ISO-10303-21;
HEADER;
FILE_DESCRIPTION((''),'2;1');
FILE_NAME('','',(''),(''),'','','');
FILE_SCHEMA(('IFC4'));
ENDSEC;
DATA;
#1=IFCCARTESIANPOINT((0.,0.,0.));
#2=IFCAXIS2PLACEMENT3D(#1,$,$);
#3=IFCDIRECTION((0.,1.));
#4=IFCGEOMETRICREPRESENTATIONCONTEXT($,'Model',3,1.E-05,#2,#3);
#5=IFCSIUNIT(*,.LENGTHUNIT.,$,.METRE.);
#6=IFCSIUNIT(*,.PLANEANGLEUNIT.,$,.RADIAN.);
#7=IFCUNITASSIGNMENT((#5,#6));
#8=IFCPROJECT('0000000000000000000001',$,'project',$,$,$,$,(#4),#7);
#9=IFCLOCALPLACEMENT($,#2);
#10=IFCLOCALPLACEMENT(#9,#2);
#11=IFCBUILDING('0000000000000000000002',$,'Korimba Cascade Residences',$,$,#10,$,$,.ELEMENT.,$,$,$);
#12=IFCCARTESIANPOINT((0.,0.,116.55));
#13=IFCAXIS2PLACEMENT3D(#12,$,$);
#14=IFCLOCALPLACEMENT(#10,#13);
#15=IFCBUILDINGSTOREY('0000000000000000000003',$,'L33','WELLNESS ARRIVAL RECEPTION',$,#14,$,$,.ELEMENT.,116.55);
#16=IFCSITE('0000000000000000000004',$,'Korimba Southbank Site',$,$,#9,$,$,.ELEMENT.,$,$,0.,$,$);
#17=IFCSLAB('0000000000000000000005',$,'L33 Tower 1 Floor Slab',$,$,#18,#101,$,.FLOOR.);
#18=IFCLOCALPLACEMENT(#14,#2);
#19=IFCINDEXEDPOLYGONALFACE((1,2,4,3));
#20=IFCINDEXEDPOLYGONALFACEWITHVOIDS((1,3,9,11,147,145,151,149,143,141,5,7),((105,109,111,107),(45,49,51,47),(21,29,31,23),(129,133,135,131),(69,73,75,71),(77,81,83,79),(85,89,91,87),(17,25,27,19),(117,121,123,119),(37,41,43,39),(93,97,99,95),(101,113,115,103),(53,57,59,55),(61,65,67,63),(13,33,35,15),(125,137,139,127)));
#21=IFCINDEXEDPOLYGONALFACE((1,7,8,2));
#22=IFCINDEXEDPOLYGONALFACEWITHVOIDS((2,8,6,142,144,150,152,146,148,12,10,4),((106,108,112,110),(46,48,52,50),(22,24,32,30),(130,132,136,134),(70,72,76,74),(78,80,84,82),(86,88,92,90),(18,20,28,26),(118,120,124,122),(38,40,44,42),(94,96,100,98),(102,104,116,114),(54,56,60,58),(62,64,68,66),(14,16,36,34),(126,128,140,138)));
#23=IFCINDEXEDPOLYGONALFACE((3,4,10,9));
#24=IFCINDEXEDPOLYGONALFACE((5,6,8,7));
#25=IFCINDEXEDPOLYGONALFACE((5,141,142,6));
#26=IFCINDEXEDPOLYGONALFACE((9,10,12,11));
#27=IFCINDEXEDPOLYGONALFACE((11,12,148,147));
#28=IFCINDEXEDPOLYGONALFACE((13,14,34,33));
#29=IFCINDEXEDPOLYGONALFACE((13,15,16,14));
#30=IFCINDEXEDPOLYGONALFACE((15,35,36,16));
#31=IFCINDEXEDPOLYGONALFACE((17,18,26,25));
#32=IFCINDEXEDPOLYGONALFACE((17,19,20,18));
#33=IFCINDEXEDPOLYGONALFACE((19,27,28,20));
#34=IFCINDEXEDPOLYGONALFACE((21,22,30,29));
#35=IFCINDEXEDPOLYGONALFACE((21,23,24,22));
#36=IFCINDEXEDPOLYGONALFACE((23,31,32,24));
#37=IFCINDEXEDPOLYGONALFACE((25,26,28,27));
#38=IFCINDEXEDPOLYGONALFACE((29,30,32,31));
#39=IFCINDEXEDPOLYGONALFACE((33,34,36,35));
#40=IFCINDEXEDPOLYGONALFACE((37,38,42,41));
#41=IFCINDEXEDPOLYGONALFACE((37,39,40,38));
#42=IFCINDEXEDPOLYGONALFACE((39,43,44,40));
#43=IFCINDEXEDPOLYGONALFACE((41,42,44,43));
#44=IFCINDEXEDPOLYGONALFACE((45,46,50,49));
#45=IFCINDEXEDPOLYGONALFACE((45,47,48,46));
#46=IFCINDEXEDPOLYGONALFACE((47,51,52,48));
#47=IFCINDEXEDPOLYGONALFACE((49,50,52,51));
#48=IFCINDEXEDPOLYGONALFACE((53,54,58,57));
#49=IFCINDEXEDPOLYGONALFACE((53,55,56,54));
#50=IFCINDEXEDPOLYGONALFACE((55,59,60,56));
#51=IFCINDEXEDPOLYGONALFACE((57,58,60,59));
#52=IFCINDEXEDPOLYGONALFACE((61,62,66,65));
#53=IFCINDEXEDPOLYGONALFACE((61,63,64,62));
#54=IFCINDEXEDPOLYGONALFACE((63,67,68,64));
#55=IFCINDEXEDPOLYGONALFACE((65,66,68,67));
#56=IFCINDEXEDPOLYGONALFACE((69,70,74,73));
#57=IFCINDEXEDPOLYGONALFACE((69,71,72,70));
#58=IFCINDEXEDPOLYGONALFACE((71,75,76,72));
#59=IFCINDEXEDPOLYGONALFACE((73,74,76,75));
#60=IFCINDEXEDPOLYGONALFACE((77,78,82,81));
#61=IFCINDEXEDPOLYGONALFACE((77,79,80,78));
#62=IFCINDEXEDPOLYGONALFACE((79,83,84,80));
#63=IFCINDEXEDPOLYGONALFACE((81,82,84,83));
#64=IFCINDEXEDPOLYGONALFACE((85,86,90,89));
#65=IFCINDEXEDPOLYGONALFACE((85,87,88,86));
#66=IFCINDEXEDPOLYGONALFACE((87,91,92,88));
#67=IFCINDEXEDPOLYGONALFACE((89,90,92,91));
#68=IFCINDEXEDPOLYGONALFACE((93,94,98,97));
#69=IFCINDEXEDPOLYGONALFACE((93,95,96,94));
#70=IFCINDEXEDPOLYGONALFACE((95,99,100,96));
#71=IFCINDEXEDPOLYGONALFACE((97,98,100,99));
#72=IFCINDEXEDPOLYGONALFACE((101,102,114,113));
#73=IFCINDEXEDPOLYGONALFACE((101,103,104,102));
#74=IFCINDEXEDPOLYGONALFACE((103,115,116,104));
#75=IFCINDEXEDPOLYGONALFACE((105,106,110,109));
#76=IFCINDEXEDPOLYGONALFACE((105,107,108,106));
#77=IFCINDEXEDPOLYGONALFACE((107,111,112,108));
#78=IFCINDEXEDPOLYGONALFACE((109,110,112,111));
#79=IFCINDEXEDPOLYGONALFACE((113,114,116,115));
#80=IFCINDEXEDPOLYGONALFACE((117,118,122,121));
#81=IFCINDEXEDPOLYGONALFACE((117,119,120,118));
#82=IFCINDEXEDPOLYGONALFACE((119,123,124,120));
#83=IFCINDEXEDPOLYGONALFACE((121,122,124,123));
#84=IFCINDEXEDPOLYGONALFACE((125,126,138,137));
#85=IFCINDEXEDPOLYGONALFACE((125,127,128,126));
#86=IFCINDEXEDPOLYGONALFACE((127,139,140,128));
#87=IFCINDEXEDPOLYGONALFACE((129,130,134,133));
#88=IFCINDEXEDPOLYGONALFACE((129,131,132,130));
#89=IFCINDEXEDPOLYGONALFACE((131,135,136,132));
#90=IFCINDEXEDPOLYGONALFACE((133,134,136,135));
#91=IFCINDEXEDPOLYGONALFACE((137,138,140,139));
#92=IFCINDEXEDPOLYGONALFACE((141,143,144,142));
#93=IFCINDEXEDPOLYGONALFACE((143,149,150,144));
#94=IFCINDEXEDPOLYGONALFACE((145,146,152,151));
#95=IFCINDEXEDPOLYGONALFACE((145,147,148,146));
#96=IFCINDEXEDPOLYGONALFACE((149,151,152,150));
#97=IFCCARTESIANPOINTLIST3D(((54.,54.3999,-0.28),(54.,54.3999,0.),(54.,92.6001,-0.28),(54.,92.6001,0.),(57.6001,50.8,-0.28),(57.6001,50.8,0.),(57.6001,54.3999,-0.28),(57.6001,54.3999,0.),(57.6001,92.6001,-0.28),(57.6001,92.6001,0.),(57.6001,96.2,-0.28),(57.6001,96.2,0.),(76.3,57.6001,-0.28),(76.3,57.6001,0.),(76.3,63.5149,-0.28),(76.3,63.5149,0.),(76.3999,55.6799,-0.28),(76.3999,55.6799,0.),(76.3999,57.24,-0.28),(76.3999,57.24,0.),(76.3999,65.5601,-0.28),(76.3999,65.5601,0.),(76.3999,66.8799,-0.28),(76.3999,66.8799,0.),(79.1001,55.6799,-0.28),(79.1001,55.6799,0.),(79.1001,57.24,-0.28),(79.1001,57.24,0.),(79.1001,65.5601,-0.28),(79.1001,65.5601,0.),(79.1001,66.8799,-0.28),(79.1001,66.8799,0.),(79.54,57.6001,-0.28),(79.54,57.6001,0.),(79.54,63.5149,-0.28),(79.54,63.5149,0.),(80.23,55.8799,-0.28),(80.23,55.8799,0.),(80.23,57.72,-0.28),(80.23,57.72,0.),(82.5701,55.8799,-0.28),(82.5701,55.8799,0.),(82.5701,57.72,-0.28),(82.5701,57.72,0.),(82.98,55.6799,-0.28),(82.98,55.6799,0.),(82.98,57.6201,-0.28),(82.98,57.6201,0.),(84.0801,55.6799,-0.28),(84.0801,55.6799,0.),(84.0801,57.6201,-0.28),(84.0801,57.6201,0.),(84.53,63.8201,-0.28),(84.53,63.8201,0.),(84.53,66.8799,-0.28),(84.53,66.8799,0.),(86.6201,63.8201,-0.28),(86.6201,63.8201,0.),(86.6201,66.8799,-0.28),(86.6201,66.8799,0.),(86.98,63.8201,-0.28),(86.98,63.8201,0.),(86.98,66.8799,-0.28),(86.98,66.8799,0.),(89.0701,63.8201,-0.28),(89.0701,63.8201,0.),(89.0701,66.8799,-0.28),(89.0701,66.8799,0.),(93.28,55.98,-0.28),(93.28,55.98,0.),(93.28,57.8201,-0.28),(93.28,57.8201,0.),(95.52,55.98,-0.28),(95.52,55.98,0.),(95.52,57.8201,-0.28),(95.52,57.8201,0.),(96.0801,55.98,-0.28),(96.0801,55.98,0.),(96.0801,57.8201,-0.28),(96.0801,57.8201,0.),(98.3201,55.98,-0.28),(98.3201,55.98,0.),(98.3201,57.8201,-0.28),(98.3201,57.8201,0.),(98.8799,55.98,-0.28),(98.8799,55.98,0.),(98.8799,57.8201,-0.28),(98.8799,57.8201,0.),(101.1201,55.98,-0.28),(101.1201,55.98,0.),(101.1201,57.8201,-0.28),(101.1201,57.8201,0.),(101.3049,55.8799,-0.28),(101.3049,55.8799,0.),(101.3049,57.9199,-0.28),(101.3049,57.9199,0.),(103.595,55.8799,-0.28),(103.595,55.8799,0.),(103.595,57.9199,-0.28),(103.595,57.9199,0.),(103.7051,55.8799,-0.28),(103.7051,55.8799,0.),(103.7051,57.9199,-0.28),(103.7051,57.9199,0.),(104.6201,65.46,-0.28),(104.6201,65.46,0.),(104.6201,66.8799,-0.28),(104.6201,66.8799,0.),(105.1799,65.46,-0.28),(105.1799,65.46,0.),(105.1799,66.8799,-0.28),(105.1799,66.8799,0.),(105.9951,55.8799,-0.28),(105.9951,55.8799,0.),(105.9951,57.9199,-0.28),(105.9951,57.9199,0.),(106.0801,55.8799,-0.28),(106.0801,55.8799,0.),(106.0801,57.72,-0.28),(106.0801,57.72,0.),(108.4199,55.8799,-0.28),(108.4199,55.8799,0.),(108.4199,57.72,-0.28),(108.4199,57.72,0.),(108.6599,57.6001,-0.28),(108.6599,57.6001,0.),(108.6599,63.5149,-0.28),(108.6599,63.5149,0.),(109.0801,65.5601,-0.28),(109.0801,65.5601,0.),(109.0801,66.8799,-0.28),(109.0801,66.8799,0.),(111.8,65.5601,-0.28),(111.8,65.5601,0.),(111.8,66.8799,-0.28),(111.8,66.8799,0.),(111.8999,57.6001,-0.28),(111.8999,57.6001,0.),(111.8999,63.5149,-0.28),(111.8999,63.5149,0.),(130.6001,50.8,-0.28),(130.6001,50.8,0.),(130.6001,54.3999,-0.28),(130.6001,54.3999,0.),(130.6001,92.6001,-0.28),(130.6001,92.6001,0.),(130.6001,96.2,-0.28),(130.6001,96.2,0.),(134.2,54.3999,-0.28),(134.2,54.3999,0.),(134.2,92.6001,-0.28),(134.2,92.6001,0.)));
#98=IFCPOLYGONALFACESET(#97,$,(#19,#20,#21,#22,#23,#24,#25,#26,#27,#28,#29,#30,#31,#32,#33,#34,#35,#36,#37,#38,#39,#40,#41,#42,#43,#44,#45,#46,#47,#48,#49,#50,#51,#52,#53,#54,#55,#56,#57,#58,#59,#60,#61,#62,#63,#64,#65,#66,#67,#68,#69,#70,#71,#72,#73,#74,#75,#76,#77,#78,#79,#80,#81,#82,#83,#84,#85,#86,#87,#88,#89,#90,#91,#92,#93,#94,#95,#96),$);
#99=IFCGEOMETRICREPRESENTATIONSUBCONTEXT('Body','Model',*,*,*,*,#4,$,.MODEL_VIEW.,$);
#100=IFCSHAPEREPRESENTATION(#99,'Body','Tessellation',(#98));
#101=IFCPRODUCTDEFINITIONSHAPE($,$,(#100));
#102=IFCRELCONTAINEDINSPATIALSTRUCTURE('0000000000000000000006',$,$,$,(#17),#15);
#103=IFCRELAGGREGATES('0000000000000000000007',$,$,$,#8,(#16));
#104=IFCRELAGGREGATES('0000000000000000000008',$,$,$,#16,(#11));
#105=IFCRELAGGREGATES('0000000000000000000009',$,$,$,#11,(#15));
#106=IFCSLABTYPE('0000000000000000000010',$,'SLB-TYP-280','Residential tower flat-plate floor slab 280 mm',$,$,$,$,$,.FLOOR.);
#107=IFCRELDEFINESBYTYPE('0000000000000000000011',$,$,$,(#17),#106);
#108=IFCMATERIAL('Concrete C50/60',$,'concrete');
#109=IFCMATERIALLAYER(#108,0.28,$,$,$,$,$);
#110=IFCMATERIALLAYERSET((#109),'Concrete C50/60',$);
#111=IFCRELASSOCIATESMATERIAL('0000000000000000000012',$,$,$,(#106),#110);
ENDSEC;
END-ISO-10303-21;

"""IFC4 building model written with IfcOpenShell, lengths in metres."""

from ifc_helpers import new_model, si_unit, direction, frame, origin, place, context, subcontext, project, spatial, polyline, outline, extrude, material, layer, layer_set, type_object, element, save


model = new_model("IFC4")

# Units and contexts
model_context = context("Model", 3, precision=1e-05, world=origin(), true_north=direction((0.0, 1.0)))
body_context = subcontext(model_context, "Body", "Model", "MODEL_VIEW")
ifc_project = project(units=[si_unit("LENGTHUNIT", "METRE"), si_unit("PLANEANGLEUNIT", "RADIAN")], contexts=[model_context])

# Site, building, storey
site_placement = place(None, origin())
site = spatial("IfcSite", under=ifc_project, at=site_placement, Name="Korimba Southbank Site", CompositionType="ELEMENT", RefElevation=0.0)
building_placement = place(site_placement, origin())
building = spatial("IfcBuilding", under=site, at=building_placement, Name="Korimba Cascade Residences", CompositionType="ELEMENT")
storey_placement = place(building_placement, frame((0.0, 0.0, 116.55)))
storey = spatial("IfcBuildingStorey", under=building, at=storey_placement, Name="L33", Description="WELLNESS ARRIVAL RECEPTION", CompositionType="ELEMENT", Elevation=116.55)

# Shared definitions
ifc_material_1 = material(Name="Concrete C50/60", Category="concrete")

# Slab
ifc_layer_1 = layer(ifc_material_1, 0.28)
ifc_layer_set_1 = layer_set([ifc_layer_1], Name="Concrete C50/60")
slab_type_1 = type_object("IfcSlabType", Name="SLB-TYP-280", Description="Residential tower flat-plate floor slab 280 mm", PredefinedType="FLOOR", material=ifc_layer_set_1)
slab_1_placement = place(storey_placement, frame((0.0, 0.0, -0.28)))
element("IfcSlab", 1, at=slab_1_placement, inside=storey, type_object=slab_type_1, Name="L33 Tower 1 Floor Slab", PredefinedType="FLOOR", context=body_context, shape_type="SweptSolid", body=[
    extrude(outline(polyline([(57.6001, 50.8), (130.6001, 50.8), (130.6001, 54.3999), (134.2, 54.3999), (134.2, 92.6001), (130.6001, 92.6001), (130.6001, 96.2), (57.6001, 96.2), (57.6001, 92.6001), (54.0, 92.6001), (54.0, 54.3999), (57.6001, 54.3999), (57.6001, 50.8)]), holes=[polyline([(76.3, 63.5149), (76.3, 57.6001), (79.54, 57.6001), (79.54, 63.5149), (76.3, 63.5149)]), polyline([(108.6599, 63.5149), (108.6599, 57.6001), (111.8999, 57.6001), (111.8999, 63.5149), (108.6599, 63.5149)]), polyline([(80.23, 55.8799), (82.5701, 55.8799), (82.5701, 57.72), (80.23, 57.72), (80.23, 55.8799)]), polyline([(106.0801, 55.8799), (108.4199, 55.8799), (108.4199, 57.72), (106.0801, 57.72), (106.0801, 55.8799)]), polyline([(93.28, 55.98), (95.52, 55.98), (95.52, 57.8201), (93.28, 57.8201), (93.28, 55.98)]), polyline([(96.0801, 55.98), (98.3201, 55.98), (98.3201, 57.8201), (96.0801, 57.8201), (96.0801, 55.98)]), polyline([(98.8799, 55.98), (101.1201, 55.98), (101.1201, 57.8201), (98.8799, 57.8201), (98.8799, 55.98)]), polyline([(101.3049, 55.8799), (103.595, 55.8799), (103.595, 57.9199), (101.3049, 57.9199), (101.3049, 55.8799)]), polyline([(103.7051, 55.8799), (105.9951, 55.8799), (105.9951, 57.9199), (103.7051, 57.9199), (103.7051, 55.8799)]), polyline([(82.98, 55.6799), (84.0801, 55.6799), (84.0801, 57.6201), (82.98, 57.6201), (82.98, 55.6799)]), polyline([(76.3999, 65.5601), (79.1001, 65.5601), (79.1001, 66.8799), (76.3999, 66.8799), (76.3999, 65.5601)]), polyline([(76.3999, 55.6799), (79.1001, 55.6799), (79.1001, 57.24), (76.3999, 57.24), (76.3999, 55.6799)]), polyline([(84.53, 63.8201), (86.6201, 63.8201), (86.6201, 66.8799), (84.53, 66.8799), (84.53, 63.8201)]), polyline([(86.98, 63.8201), (89.0701, 63.8201), (89.0701, 66.8799), (86.98, 66.8799), (86.98, 63.8201)]), polyline([(104.6201, 65.46), (105.1799, 65.46), (105.1799, 66.8799), (104.6201, 66.8799), (104.6201, 65.46)]), polyline([(109.0801, 65.5601), (111.8, 65.5601), (111.8, 66.8799), (109.0801, 66.8799), (109.0801, 65.5601)])]), origin(), (0.0, 0.0, 1.0), 0.28),
])

save(model, "model.ifc")
